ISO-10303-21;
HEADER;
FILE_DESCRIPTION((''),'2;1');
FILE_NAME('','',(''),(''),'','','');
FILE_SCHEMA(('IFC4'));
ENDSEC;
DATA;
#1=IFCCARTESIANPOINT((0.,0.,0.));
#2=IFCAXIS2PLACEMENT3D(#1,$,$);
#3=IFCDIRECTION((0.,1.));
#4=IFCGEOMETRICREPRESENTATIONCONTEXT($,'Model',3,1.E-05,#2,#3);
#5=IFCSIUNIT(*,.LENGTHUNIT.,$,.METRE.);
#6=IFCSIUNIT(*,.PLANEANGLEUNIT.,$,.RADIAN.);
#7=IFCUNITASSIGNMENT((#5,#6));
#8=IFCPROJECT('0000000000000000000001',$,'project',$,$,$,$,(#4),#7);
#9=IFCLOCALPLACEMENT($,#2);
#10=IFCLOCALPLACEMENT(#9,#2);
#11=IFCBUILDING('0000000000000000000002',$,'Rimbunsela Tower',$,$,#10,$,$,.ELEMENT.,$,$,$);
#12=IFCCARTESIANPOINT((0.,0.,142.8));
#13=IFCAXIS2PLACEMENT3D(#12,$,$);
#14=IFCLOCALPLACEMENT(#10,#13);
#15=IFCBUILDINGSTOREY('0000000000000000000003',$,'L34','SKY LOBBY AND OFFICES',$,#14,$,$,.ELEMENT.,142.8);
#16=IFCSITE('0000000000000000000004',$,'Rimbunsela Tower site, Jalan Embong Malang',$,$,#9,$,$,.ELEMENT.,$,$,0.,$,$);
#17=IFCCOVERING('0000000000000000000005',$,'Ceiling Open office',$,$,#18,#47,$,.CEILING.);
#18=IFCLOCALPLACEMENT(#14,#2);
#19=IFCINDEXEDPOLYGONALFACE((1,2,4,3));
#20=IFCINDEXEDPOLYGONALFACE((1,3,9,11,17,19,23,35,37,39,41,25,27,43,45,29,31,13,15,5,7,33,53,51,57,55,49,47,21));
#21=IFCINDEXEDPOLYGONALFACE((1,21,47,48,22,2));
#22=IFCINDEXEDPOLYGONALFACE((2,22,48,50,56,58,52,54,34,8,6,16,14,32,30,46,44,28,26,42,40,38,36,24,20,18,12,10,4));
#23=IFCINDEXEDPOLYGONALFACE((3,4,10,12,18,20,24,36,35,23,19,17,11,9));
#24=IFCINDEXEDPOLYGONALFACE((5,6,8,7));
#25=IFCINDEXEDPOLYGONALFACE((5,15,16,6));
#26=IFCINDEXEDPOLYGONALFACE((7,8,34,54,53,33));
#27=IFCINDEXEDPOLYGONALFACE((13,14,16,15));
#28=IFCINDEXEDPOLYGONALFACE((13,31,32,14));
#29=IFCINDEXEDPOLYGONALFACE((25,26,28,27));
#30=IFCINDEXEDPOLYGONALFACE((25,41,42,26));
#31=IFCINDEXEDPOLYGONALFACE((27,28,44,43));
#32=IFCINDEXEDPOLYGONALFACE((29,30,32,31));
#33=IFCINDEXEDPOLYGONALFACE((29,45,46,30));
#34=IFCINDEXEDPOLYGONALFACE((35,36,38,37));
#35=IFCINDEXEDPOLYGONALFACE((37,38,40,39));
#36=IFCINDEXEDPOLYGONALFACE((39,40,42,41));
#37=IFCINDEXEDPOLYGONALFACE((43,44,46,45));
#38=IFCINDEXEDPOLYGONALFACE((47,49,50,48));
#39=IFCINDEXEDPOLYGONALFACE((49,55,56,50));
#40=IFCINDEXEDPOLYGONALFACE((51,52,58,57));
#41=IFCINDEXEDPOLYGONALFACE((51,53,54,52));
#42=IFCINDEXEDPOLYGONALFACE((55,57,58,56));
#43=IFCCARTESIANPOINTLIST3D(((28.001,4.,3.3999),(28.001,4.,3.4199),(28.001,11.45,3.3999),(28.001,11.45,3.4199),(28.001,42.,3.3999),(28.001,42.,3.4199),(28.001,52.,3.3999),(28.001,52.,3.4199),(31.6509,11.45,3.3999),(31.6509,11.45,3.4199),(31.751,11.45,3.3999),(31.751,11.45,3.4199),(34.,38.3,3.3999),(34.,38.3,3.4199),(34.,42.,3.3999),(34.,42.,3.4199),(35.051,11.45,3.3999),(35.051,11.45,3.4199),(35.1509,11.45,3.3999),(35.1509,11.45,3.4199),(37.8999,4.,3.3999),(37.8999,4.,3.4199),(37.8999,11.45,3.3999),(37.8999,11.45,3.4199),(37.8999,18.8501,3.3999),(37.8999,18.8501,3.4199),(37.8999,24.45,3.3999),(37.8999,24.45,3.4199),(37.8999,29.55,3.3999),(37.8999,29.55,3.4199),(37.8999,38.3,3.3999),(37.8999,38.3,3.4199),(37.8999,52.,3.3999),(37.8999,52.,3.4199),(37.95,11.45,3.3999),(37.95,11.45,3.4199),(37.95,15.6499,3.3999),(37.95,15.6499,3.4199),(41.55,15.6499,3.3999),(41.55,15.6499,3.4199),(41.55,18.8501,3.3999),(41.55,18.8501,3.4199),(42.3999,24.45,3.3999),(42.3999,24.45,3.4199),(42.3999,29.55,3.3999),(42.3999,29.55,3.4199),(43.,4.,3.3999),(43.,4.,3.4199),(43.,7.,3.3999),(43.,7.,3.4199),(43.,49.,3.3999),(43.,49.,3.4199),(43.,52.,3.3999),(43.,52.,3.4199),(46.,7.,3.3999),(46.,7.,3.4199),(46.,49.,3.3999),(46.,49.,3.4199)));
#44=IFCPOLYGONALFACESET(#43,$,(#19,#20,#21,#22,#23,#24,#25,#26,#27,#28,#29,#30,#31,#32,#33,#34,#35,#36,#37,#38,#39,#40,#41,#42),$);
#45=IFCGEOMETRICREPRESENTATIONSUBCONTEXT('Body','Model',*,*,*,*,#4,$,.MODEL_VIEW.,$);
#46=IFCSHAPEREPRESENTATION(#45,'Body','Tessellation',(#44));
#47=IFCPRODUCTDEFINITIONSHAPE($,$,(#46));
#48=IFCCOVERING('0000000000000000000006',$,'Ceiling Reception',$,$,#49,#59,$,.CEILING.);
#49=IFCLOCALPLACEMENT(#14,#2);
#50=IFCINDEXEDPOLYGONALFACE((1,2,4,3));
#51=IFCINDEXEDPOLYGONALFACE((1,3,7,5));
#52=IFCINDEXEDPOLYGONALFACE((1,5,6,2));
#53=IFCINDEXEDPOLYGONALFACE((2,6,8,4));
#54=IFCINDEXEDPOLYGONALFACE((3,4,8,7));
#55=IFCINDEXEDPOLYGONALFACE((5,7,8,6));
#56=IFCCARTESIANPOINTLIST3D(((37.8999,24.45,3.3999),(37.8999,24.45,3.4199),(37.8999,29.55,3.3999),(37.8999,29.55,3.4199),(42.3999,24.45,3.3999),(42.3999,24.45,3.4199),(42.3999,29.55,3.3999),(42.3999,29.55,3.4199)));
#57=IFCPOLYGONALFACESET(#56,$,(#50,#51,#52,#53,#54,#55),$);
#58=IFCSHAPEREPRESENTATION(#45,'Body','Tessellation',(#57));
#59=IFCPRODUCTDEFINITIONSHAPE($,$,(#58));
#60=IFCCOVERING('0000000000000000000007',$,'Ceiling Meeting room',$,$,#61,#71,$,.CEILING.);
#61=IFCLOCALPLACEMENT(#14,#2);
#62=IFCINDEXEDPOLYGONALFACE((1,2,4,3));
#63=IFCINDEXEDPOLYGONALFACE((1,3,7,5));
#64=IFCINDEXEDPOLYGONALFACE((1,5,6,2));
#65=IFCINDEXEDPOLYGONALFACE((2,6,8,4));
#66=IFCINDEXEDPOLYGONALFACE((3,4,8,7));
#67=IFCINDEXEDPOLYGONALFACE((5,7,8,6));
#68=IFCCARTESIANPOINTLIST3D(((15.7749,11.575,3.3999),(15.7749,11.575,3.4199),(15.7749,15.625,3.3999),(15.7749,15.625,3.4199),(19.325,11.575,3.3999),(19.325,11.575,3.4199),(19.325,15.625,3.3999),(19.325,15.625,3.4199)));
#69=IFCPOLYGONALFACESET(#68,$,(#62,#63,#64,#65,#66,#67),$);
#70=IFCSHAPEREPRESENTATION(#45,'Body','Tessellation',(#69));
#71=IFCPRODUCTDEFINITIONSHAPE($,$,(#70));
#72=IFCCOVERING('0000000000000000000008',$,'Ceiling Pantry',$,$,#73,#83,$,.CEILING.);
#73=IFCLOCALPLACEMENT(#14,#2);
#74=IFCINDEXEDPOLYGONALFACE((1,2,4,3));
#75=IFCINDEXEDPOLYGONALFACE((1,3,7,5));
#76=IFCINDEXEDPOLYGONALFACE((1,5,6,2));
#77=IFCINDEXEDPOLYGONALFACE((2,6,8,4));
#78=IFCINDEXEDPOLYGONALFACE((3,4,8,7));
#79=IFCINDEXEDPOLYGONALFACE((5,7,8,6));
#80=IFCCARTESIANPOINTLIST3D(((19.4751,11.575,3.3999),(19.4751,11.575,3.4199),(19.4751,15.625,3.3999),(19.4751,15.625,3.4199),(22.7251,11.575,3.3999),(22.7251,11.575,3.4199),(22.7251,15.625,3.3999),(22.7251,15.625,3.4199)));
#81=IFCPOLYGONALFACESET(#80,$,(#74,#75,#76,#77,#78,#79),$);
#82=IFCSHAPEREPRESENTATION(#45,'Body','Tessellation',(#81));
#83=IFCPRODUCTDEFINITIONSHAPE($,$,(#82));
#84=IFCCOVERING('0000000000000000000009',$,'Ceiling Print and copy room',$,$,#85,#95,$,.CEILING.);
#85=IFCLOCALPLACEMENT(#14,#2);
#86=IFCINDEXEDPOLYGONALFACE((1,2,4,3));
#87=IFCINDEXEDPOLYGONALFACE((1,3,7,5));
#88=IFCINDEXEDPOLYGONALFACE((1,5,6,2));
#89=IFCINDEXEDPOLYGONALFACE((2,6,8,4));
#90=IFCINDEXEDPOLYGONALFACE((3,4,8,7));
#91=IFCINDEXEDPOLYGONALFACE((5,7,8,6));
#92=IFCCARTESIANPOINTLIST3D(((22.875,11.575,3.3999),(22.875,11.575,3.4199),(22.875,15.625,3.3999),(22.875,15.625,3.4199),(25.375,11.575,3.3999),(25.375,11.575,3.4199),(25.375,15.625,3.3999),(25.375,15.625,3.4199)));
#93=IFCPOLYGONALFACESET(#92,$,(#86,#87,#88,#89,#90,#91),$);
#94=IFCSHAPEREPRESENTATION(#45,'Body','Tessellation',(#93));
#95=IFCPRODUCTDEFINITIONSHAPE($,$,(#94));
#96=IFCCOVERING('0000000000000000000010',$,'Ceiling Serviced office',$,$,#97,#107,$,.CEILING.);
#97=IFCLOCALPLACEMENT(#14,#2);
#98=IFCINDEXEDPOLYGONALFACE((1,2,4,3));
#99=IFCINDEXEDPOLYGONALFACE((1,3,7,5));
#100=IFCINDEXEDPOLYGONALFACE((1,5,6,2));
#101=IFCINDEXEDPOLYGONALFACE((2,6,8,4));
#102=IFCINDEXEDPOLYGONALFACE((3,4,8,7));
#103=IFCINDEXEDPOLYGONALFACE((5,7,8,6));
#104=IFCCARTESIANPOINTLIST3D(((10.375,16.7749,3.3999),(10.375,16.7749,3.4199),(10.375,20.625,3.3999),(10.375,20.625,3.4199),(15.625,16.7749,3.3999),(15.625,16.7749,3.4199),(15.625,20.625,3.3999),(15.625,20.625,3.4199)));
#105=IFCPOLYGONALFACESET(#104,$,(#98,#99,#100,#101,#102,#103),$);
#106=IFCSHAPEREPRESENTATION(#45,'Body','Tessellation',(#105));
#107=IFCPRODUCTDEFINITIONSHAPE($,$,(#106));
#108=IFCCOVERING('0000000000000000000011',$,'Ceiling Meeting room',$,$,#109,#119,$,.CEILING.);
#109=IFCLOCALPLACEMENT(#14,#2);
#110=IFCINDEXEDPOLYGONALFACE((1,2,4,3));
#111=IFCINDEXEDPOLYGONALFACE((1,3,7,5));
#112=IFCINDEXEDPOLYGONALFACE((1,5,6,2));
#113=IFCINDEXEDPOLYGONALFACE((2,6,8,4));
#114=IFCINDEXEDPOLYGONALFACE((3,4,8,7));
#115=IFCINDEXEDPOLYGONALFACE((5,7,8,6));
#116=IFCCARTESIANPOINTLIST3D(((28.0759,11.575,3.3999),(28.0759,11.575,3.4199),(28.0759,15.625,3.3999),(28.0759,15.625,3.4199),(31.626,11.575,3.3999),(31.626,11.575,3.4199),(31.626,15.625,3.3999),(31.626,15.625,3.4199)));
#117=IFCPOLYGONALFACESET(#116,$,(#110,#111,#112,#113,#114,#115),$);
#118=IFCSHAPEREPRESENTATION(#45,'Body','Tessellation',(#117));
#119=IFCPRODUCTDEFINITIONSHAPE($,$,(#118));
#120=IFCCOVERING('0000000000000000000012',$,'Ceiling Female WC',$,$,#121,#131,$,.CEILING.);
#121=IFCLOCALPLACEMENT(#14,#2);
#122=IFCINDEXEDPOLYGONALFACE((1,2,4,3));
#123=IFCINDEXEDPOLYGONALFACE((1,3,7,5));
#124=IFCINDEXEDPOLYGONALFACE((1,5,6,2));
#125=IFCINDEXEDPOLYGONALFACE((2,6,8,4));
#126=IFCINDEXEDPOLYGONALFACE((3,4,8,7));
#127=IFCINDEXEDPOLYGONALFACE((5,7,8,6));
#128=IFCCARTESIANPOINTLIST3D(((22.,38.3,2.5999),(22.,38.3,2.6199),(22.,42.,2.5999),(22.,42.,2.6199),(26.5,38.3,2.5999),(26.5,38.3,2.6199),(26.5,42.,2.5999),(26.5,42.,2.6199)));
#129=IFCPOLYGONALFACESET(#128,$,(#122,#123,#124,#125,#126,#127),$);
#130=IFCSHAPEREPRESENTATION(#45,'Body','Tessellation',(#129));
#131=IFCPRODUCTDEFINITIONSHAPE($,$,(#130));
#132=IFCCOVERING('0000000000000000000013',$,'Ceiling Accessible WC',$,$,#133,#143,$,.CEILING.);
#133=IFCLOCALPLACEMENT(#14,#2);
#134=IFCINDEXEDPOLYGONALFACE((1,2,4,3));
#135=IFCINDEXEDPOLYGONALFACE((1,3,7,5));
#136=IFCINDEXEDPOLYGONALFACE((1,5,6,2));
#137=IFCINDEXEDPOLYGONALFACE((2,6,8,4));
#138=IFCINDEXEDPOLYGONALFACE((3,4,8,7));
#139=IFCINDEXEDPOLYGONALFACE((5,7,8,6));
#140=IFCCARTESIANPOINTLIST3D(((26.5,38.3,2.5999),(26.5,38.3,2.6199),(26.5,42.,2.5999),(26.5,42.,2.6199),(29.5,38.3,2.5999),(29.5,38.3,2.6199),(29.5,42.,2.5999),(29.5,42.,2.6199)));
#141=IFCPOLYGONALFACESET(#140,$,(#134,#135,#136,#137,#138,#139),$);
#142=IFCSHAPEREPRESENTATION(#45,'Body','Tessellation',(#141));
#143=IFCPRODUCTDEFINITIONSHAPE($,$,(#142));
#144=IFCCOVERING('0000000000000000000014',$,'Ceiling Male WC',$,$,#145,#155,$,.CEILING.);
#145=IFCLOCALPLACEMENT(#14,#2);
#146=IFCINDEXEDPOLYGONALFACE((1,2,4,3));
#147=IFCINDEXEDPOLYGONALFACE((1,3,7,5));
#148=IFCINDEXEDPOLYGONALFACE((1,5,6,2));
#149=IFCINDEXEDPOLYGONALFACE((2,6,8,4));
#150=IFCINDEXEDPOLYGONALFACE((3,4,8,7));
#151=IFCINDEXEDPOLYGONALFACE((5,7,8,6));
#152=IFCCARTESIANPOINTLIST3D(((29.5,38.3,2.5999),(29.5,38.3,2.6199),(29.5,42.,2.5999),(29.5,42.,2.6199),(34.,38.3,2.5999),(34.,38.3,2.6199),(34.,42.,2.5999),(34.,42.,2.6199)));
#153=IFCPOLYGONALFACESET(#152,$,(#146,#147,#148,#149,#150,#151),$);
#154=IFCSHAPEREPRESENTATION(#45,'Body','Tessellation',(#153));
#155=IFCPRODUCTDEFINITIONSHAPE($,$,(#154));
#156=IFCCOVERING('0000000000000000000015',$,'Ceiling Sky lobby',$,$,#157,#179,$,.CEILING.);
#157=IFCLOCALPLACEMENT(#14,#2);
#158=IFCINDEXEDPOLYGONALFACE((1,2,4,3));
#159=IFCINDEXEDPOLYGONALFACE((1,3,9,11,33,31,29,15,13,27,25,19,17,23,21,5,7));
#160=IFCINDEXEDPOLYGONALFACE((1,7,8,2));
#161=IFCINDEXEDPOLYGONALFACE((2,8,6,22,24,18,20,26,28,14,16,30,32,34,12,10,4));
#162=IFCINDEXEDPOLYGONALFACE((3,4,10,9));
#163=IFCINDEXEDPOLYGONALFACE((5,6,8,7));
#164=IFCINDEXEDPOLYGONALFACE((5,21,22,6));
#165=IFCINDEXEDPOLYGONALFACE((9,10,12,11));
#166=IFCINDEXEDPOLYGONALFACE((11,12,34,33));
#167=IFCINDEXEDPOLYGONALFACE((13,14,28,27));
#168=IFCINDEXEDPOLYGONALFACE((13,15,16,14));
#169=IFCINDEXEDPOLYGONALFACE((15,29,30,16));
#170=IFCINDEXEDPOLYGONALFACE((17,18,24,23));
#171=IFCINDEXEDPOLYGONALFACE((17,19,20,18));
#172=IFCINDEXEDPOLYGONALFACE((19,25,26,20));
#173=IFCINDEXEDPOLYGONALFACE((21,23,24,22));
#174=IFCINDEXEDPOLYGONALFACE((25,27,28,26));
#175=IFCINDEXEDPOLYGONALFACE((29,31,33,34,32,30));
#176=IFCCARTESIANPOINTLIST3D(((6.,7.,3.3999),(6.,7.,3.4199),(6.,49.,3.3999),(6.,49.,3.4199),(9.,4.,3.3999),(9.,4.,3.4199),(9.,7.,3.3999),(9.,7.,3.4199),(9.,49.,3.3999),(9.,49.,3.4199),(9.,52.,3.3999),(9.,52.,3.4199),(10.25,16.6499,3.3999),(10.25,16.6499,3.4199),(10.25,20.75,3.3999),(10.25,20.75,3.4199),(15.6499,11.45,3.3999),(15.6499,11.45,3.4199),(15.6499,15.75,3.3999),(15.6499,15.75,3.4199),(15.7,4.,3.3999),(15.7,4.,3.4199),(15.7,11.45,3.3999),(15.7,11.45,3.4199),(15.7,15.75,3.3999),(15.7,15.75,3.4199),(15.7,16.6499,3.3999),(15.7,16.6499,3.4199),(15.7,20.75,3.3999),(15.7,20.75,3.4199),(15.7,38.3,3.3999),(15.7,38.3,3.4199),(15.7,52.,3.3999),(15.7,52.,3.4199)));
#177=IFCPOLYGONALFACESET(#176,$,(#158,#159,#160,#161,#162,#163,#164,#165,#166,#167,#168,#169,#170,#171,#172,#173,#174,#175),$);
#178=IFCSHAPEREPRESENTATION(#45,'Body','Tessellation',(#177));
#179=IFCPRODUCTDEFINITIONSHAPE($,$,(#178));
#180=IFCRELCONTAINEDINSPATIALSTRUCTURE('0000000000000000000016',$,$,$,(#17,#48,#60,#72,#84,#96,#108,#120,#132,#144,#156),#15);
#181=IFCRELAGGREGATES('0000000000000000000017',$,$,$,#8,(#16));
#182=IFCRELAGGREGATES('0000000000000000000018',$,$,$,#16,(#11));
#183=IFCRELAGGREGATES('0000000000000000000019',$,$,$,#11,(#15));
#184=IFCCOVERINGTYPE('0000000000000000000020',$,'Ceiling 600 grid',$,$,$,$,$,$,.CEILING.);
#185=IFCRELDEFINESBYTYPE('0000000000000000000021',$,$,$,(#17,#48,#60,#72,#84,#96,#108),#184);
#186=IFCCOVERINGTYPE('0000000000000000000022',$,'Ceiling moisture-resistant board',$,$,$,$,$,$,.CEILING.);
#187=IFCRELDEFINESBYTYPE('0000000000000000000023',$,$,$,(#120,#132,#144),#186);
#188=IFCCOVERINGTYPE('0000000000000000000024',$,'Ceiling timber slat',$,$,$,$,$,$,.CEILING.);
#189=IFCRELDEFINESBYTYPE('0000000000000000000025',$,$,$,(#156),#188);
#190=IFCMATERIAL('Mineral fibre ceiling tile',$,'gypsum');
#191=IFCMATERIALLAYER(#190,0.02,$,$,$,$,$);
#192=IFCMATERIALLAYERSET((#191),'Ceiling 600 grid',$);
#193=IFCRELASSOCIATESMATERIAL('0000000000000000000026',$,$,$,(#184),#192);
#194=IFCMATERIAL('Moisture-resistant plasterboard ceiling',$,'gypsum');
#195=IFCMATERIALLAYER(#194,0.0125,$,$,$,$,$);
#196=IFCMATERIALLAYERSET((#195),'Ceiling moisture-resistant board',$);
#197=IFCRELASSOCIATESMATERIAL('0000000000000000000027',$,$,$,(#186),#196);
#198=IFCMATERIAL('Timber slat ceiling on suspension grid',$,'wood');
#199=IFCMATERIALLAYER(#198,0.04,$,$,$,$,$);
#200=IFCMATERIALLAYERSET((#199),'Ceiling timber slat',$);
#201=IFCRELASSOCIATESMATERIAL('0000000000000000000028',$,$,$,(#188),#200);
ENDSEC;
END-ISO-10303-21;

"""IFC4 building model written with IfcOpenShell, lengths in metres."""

from ifc_helpers import new_model, si_unit, direction, frame, origin, place, context, subcontext, project, spatial, polyline, outline, extrude, material, layer, layer_set, type_object, element, save


model = new_model("IFC4")

# Units and contexts
model_context = context("Model", 3, precision=1e-05, world=origin(), true_north=direction((0.0, 1.0)))
body_context = subcontext(model_context, "Body", "Model", "MODEL_VIEW")
ifc_project = project(units=[si_unit("LENGTHUNIT", "METRE"), si_unit("PLANEANGLEUNIT", "RADIAN")], contexts=[model_context])

# Site, building, storey
site_placement = place(None, origin())
site = spatial("IfcSite", under=ifc_project, at=site_placement, Name="Rimbunsela Tower site, Jalan Embong Malang", CompositionType="ELEMENT", RefElevation=0.0)
building_placement = place(site_placement, origin())
building = spatial("IfcBuilding", under=site, at=building_placement, Name="Rimbunsela Tower", CompositionType="ELEMENT")
storey_placement = place(building_placement, frame((0.0, 0.0, 142.8)))
storey = spatial("IfcBuildingStorey", under=building, at=storey_placement, Name="L34", Description="SKY LOBBY AND OFFICES", CompositionType="ELEMENT", Elevation=142.8)

# Coverings
ifc_material_1 = material(Name="Mineral fibre ceiling tile", Category="gypsum")
ifc_layer_1 = layer(ifc_material_1, 0.02)
ifc_layer_set_1 = layer_set([ifc_layer_1], Name="Ceiling 600 grid")
covering_type_1 = type_object("IfcCoveringType", Name="Ceiling 600 grid", PredefinedType="CEILING", material=ifc_layer_set_1)
covering_1_placement = place(storey_placement, frame((0.0, 0.0, 3.3999)))
element("IfcCovering", 1, at=covering_1_placement, inside=storey, type_object=covering_type_1, Name="Ceiling Open office", PredefinedType="CEILING", context=body_context, shape_type="SweptSolid", body=[
    extrude(outline(polyline([(28.001, 11.45), (31.6509, 11.45), (31.751, 11.45), (35.051, 11.45), (35.1509, 11.45), (37.8999, 11.45), (37.95, 11.45), (37.95, 15.6499), (41.55, 15.6499), (41.55, 18.8501), (37.8999, 18.8501), (37.8999, 24.45), (42.3999, 24.45), (42.3999, 29.55), (37.8999, 29.55), (37.8999, 38.3), (34.0, 38.3), (34.0, 42.0), (28.001, 42.0), (28.001, 52.0), (37.8999, 52.0), (43.0, 52.0), (43.0, 49.0), (46.0, 49.0), (46.0, 7.0), (43.0, 7.0), (43.0, 4.0), (37.8999, 4.0), (28.001, 4.0), (28.001, 11.45)])), origin(), (0.0, 0.0, 1.0), 0.02),
])
covering_2_placement = place(storey_placement, frame((0.0, 0.0, 3.3999)))
element("IfcCovering", 2, at=covering_2_placement, inside=storey, type_object=covering_type_1, Name="Ceiling Reception", PredefinedType="CEILING", context=body_context, shape_type="SweptSolid", body=[
    extrude(outline(polyline([(42.3999, 24.45), (42.3999, 29.55), (37.8999, 29.55), (37.8999, 24.45), (42.3999, 24.45)])), origin(), (0.0, 0.0, 1.0), 0.02),
])
covering_3_placement = place(storey_placement, frame((0.0, 0.0, 3.3999)))
element("IfcCovering", 3, at=covering_3_placement, inside=storey, type_object=covering_type_1, Name="Ceiling Meeting room", PredefinedType="CEILING", context=body_context, shape_type="SweptSolid", body=[
    extrude(outline(polyline([(19.325, 11.575), (19.325, 15.625), (15.7749, 15.625), (15.7749, 11.575), (19.325, 11.575)])), origin(), (0.0, 0.0, 1.0), 0.02),
])
covering_4_placement = place(storey_placement, frame((0.0, 0.0, 3.3999)))
element("IfcCovering", 4, at=covering_4_placement, inside=storey, type_object=covering_type_1, Name="Ceiling Pantry", PredefinedType="CEILING", context=body_context, shape_type="SweptSolid", body=[
    extrude(outline(polyline([(22.7251, 11.575), (22.7251, 15.625), (19.4751, 15.625), (19.4751, 11.575), (22.7251, 11.575)])), origin(), (0.0, 0.0, 1.0), 0.02),
])
covering_5_placement = place(storey_placement, frame((0.0, 0.0, 3.3999)))
element("IfcCovering", 5, at=covering_5_placement, inside=storey, type_object=covering_type_1, Name="Ceiling Print and copy room", PredefinedType="CEILING", context=body_context, shape_type="SweptSolid", body=[
    extrude(outline(polyline([(25.375, 11.575), (25.375, 15.625), (22.875, 15.625), (22.875, 11.575), (25.375, 11.575)])), origin(), (0.0, 0.0, 1.0), 0.02),
])
covering_6_placement = place(storey_placement, frame((0.0, 0.0, 3.3999)))
element("IfcCovering", 6, at=covering_6_placement, inside=storey, type_object=covering_type_1, Name="Ceiling Serviced office", PredefinedType="CEILING", context=body_context, shape_type="SweptSolid", body=[
    extrude(outline(polyline([(15.625, 16.7749), (15.625, 20.625), (10.375, 20.625), (10.375, 16.7749), (15.625, 16.7749)])), origin(), (0.0, 0.0, 1.0), 0.02),
])
covering_7_placement = place(storey_placement, frame((0.0, 0.0, 3.3999)))
element("IfcCovering", 7, at=covering_7_placement, inside=storey, type_object=covering_type_1, Name="Ceiling Meeting room", PredefinedType="CEILING", context=body_context, shape_type="SweptSolid", body=[
    extrude(outline(polyline([(31.626, 11.575), (31.626, 15.625), (28.0759, 15.625), (28.0759, 11.575), (31.626, 11.575)])), origin(), (0.0, 0.0, 1.0), 0.02),
])
ifc_material_2 = material(Name="Moisture-resistant plasterboard ceiling", Category="gypsum")
ifc_layer_2 = layer(ifc_material_2, 0.0125)
ifc_layer_set_2 = layer_set([ifc_layer_2], Name="Ceiling moisture-resistant board")
covering_type_2 = type_object("IfcCoveringType", Name="Ceiling moisture-resistant board", PredefinedType="CEILING", material=ifc_layer_set_2)
covering_8_placement = place(storey_placement, frame((0.0, 0.0, 2.5999)))
element("IfcCovering", 8, at=covering_8_placement, inside=storey, type_object=covering_type_2, Name="Ceiling Female WC", PredefinedType="CEILING", context=body_context, shape_type="SweptSolid", body=[
    extrude(outline(polyline([(26.5, 38.3), (26.5, 42.0), (22.0, 42.0), (22.0, 38.3), (26.5, 38.3)])), origin(), (0.0, 0.0, 1.0), 0.02),
])
covering_9_placement = place(storey_placement, frame((0.0, 0.0, 2.5999)))
element("IfcCovering", 9, at=covering_9_placement, inside=storey, type_object=covering_type_2, Name="Ceiling Accessible WC", PredefinedType="CEILING", context=body_context, shape_type="SweptSolid", body=[
    extrude(outline(polyline([(29.5, 38.3), (29.5, 42.0), (26.5, 42.0), (26.5, 38.3), (29.5, 38.3)])), origin(), (0.0, 0.0, 1.0), 0.02),
])
covering_10_placement = place(storey_placement, frame((0.0, 0.0, 2.5999)))
element("IfcCovering", 10, at=covering_10_placement, inside=storey, type_object=covering_type_2, Name="Ceiling Male WC", PredefinedType="CEILING", context=body_context, shape_type="SweptSolid", body=[
    extrude(outline(polyline([(34.0, 38.3), (34.0, 42.0), (29.5, 42.0), (29.5, 38.3), (34.0, 38.3)])), origin(), (0.0, 0.0, 1.0), 0.02),
])
ifc_material_3 = material(Name="Timber slat ceiling on suspension grid", Category="wood")
ifc_layer_3 = layer(ifc_material_3, 0.04)
ifc_layer_set_3 = layer_set([ifc_layer_3], Name="Ceiling timber slat")
covering_type_3 = type_object("IfcCoveringType", Name="Ceiling timber slat", PredefinedType="CEILING", material=ifc_layer_set_3)
covering_11_placement = place(storey_placement, frame((0.0, 0.0, 3.3999)))
element("IfcCovering", 11, at=covering_11_placement, inside=storey, type_object=covering_type_3, Name="Ceiling Sky lobby", PredefinedType="CEILING", context=body_context, shape_type="SweptSolid", body=[
    extrude(outline(polyline([(15.7, 52.0), (15.7, 38.3), (15.7, 20.75), (10.25, 20.75), (10.25, 16.6499), (15.7, 16.6499), (15.7, 15.75), (15.6499, 15.75), (15.6499, 11.45), (15.7, 11.45), (15.7, 4.0), (9.0, 4.0), (9.0, 7.0), (6.0, 7.0), (6.0, 49.0), (9.0, 49.0), (9.0, 52.0), (15.7, 52.0)])), origin(), (0.0, 0.0, 1.0), 0.02),
])

save(model, "model.ifc")
